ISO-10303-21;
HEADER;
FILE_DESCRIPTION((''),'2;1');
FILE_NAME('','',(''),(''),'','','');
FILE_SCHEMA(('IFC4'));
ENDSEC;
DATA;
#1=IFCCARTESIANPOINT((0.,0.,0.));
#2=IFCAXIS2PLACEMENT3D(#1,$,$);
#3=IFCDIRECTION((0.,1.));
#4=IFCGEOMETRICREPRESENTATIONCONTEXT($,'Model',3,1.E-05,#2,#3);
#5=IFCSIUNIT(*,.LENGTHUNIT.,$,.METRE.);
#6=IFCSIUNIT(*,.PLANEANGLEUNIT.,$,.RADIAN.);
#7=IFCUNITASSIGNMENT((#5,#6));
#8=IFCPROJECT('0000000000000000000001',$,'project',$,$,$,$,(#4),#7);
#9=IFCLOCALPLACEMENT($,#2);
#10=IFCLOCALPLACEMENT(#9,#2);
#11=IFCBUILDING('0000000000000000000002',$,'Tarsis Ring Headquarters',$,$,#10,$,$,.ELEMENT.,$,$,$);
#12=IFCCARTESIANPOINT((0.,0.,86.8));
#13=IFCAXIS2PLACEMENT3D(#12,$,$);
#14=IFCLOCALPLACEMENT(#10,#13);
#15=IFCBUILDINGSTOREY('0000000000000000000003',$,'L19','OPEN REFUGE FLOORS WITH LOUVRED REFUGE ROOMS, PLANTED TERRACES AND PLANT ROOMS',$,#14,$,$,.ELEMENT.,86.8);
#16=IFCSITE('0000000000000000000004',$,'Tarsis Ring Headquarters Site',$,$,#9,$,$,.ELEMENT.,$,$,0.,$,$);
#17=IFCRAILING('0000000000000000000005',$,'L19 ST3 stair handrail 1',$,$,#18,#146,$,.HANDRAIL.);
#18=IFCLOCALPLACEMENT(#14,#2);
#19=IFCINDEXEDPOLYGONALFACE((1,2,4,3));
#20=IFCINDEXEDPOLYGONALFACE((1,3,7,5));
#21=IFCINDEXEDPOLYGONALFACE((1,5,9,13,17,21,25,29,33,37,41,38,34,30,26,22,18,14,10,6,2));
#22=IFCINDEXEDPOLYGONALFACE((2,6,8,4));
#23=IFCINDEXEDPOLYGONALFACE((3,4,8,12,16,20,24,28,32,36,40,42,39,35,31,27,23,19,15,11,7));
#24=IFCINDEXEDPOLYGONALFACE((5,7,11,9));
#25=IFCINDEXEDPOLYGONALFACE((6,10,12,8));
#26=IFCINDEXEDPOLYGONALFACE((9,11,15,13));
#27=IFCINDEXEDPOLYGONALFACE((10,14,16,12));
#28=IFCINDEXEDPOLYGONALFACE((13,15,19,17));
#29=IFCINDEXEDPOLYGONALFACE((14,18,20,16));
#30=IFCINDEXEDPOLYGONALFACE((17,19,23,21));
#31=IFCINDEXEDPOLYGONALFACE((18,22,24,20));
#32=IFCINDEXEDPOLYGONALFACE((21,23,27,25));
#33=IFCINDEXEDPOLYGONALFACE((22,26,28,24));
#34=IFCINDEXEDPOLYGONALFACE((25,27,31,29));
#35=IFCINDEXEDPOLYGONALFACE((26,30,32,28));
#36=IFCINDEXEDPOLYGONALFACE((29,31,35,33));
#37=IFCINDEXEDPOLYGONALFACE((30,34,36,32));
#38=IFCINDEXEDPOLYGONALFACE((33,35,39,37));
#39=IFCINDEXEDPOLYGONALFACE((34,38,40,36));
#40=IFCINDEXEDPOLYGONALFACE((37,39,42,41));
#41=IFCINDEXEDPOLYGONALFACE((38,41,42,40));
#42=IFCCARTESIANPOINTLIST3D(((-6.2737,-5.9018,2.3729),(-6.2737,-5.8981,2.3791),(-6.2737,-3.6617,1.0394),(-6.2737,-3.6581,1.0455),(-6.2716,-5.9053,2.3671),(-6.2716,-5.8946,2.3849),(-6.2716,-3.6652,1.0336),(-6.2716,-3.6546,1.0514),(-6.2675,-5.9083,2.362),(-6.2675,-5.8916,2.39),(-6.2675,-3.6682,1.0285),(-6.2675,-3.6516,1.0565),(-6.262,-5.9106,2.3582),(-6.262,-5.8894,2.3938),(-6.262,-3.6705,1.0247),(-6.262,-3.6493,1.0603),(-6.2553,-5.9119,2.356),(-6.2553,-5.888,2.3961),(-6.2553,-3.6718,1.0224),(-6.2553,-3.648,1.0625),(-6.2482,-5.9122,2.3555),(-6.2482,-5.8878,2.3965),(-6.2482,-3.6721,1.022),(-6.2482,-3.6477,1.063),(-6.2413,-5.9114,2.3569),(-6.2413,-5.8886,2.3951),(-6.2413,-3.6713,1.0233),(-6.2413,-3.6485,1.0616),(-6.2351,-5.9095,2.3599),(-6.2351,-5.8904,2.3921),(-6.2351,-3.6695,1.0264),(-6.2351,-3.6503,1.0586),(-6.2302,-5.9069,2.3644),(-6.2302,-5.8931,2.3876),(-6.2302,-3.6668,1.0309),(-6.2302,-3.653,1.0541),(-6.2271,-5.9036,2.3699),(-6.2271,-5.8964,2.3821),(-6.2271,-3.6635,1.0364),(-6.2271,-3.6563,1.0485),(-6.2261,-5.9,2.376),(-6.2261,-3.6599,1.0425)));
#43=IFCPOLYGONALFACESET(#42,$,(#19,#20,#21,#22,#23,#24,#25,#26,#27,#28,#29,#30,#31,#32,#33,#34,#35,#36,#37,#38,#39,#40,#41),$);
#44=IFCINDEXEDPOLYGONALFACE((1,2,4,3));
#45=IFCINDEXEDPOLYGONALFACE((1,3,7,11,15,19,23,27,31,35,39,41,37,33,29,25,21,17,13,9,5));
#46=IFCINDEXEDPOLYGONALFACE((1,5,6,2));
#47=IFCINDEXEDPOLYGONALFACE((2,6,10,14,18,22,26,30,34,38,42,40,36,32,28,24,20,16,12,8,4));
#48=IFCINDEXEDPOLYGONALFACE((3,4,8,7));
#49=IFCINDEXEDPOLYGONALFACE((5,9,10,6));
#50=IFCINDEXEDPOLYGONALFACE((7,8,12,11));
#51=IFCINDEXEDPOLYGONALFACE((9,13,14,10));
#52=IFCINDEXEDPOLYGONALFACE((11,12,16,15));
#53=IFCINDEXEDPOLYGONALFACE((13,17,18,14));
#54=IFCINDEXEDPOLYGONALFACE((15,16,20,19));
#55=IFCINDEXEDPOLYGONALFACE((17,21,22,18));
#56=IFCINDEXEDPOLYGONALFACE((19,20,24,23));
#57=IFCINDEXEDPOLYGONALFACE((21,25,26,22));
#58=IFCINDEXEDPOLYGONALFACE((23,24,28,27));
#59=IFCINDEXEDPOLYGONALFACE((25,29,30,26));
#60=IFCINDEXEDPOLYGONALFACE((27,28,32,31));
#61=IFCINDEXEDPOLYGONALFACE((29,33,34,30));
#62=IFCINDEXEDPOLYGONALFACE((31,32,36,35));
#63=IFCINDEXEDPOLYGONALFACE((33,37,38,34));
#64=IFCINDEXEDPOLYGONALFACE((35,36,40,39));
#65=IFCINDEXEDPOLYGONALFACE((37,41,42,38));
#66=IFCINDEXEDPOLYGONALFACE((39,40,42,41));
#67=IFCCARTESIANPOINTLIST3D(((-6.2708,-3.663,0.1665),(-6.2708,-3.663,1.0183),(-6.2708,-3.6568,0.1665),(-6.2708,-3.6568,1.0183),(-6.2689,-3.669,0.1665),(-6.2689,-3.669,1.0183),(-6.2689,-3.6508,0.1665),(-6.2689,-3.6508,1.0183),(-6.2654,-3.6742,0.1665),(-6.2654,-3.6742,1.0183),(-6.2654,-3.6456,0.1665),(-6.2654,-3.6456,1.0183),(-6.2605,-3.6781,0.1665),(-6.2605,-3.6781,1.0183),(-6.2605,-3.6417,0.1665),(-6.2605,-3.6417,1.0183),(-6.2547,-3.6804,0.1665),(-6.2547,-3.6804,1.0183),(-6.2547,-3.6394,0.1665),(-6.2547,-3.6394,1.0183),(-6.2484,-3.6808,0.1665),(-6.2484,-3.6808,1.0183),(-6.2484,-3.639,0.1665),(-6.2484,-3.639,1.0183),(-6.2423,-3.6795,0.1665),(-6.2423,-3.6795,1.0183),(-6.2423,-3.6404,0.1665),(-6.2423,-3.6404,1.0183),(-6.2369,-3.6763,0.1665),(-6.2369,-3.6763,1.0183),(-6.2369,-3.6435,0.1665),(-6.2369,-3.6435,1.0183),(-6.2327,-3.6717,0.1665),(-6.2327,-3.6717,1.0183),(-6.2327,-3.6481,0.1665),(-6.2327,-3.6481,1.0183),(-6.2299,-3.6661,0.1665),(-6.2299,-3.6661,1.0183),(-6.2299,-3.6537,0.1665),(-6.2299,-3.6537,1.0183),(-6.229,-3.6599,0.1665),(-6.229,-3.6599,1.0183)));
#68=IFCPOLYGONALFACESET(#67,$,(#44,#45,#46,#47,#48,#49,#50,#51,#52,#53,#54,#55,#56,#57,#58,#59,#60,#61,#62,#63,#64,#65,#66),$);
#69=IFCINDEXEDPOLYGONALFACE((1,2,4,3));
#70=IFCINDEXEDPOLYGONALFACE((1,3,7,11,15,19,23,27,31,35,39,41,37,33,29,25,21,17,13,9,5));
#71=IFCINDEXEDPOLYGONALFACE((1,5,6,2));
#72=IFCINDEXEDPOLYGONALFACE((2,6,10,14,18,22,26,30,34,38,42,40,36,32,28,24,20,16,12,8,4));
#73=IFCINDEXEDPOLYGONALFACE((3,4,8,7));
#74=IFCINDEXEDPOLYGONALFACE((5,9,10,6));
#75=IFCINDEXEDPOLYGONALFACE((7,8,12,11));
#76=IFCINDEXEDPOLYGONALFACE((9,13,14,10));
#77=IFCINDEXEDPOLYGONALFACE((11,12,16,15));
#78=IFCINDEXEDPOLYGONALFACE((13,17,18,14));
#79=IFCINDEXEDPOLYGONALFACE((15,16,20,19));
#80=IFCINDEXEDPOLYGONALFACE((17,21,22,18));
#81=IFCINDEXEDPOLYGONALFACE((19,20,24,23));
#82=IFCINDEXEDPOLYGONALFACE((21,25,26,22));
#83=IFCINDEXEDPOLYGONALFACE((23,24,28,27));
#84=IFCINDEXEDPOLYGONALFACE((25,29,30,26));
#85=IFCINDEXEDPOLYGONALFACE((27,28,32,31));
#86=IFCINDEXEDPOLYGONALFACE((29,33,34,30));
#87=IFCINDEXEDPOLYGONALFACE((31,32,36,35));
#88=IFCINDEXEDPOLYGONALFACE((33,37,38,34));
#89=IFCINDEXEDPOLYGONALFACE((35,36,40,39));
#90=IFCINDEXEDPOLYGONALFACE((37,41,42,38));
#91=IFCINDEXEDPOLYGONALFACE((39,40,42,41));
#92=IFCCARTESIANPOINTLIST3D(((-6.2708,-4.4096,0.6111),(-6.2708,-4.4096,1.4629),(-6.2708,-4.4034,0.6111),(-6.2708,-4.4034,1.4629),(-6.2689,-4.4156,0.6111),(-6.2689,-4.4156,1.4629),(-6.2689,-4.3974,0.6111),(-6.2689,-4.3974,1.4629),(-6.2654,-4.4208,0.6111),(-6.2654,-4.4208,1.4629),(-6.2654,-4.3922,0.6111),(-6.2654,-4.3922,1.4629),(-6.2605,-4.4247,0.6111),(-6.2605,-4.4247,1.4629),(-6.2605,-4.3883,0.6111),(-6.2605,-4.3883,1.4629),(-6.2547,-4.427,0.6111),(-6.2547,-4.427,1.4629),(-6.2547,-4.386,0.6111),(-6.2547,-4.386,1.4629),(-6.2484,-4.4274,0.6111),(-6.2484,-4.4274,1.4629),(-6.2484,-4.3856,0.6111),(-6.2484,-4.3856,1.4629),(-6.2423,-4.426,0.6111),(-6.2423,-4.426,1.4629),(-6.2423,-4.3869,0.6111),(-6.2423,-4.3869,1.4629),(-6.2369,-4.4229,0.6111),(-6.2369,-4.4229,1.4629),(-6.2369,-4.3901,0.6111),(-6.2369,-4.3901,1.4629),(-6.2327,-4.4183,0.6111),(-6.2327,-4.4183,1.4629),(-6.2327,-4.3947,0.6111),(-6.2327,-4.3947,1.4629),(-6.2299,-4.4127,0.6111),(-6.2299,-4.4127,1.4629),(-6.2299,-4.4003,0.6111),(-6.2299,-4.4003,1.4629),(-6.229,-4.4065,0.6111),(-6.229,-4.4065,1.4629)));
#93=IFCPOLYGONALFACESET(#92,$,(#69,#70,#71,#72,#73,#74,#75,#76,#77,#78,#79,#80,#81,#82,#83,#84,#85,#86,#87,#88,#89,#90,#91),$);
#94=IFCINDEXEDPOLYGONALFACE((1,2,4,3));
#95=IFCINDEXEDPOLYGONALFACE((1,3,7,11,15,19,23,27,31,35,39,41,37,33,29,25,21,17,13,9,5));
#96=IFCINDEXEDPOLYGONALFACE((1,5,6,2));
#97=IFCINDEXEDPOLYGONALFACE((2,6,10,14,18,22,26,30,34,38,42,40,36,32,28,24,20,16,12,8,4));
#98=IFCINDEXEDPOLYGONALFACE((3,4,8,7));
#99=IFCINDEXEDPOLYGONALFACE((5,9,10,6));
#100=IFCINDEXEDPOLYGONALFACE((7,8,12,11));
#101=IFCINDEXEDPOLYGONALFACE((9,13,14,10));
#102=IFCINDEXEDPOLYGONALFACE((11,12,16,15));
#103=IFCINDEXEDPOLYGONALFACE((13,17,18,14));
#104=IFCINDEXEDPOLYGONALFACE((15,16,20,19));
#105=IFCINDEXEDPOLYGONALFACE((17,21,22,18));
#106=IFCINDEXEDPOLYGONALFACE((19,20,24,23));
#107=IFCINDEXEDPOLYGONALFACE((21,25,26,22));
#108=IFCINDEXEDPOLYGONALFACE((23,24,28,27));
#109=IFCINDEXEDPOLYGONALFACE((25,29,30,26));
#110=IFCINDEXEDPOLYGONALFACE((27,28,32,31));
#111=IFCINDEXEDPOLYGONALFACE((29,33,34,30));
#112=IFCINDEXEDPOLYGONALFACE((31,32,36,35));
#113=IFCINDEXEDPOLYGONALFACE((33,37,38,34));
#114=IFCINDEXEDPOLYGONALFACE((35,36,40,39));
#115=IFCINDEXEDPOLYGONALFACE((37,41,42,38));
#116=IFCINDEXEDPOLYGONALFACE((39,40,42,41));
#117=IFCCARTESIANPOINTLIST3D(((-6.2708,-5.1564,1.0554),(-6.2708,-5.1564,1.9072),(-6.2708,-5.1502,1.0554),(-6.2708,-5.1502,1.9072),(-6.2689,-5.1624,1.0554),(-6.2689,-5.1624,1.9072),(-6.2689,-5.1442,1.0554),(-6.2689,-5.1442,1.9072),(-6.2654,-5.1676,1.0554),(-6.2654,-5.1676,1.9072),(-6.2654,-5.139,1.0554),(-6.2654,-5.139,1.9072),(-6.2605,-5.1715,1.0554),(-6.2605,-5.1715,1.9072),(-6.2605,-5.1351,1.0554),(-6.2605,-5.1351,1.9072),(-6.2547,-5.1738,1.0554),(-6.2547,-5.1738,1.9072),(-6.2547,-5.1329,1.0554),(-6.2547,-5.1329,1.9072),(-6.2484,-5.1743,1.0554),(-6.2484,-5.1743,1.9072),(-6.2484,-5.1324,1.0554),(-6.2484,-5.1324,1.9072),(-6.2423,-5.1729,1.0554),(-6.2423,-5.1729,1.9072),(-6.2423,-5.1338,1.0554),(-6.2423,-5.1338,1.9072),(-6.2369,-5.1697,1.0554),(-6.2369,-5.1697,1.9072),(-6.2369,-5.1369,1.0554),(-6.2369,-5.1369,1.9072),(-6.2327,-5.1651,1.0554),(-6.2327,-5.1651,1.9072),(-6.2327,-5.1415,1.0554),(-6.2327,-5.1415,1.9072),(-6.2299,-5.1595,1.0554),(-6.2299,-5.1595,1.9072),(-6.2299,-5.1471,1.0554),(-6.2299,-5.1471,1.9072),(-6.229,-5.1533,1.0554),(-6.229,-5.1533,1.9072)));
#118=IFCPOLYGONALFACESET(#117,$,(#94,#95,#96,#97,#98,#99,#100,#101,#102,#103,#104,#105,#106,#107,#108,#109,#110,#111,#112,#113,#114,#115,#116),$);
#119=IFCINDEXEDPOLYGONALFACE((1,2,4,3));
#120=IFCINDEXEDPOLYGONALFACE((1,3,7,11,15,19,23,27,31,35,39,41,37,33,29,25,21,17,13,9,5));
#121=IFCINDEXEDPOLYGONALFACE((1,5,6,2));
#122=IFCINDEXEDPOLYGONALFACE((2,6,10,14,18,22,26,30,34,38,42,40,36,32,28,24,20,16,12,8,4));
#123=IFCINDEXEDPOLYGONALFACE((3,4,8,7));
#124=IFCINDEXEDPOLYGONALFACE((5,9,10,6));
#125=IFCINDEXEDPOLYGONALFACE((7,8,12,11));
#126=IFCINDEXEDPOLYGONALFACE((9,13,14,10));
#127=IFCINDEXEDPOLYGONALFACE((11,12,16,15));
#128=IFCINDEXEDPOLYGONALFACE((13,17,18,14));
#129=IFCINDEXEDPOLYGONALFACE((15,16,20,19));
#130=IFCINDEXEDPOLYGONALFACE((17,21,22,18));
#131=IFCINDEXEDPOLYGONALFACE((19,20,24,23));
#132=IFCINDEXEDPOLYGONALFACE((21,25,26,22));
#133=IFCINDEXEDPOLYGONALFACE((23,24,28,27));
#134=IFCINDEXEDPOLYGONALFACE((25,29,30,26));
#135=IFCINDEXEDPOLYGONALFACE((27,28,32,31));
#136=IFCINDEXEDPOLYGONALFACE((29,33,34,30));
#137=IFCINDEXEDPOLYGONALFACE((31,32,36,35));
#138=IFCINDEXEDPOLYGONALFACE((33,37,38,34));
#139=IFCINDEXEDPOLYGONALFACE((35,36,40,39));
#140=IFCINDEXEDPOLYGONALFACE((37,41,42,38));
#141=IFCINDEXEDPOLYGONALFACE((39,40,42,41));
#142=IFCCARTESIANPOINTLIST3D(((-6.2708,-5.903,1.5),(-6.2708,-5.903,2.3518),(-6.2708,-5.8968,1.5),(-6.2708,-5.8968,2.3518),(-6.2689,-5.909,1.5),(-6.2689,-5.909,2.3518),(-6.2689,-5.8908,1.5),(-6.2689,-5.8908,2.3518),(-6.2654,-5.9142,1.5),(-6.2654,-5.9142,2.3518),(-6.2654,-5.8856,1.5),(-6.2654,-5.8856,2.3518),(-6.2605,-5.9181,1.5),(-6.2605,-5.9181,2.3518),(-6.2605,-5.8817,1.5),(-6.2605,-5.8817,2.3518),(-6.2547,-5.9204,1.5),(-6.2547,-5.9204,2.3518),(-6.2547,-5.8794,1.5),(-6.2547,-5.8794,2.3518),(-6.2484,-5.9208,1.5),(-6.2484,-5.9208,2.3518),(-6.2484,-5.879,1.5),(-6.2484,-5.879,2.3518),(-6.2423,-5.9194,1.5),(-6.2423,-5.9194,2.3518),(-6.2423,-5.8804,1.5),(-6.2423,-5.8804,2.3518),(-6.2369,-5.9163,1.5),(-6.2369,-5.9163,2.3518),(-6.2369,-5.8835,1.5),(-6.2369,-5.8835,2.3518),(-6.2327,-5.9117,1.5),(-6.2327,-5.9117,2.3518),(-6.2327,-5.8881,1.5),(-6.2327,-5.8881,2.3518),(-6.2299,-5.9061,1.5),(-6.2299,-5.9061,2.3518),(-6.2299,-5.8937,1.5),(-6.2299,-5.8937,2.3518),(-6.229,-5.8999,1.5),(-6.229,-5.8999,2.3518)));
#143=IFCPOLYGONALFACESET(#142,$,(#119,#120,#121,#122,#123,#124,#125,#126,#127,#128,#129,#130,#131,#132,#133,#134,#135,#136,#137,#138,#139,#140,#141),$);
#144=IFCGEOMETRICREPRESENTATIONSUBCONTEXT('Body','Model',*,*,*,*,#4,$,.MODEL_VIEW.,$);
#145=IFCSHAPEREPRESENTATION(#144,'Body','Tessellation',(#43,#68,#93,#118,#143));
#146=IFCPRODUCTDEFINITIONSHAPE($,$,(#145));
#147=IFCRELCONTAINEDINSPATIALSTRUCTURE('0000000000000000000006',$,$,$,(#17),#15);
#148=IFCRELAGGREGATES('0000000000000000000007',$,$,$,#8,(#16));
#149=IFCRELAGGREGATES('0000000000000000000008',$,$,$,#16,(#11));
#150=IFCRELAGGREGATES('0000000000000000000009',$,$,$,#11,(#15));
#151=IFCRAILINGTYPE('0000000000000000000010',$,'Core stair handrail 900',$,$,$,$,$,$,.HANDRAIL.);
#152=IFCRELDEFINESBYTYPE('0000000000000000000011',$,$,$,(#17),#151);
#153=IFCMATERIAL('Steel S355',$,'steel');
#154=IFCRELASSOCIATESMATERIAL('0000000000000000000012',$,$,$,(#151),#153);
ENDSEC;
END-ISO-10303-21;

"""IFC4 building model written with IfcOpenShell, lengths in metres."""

from ifc_helpers import new_model, si_unit, direction, frame, origin, origin_2d, place, context, subcontext, project, spatial, circle, extrude, material, type_object, element, save


model = new_model("IFC4")

# Units and contexts
model_context = context("Model", 3, precision=1e-05, world=origin(), true_north=direction((0.0, 1.0)))
body_context = subcontext(model_context, "Body", "Model", "MODEL_VIEW")
ifc_project = project(units=[si_unit("LENGTHUNIT", "METRE"), si_unit("PLANEANGLEUNIT", "RADIAN")], contexts=[model_context])

# Site, building, storey
site_placement = place(None, origin())
site = spatial("IfcSite", under=ifc_project, at=site_placement, Name="Tarsis Ring Headquarters Site", CompositionType="ELEMENT", RefElevation=0.0)
building_placement = place(site_placement, origin())
building = spatial("IfcBuilding", under=site, at=building_placement, Name="Tarsis Ring Headquarters", CompositionType="ELEMENT")
storey_placement = place(building_placement, frame((0.0, 0.0, 86.8)))
storey = spatial("IfcBuildingStorey", under=building, at=storey_placement, Name="L19", Description="OPEN REFUGE FLOORS WITH LOUVRED REFUGE ROOMS, PLANTED TERRACES AND PLANT ROOMS", CompositionType="ELEMENT", Elevation=86.8)

# Railing
ifc_material_1 = material(Name="Steel S355", Category="steel")
railing_type_1 = type_object("IfcRailingType", Name="Core stair handrail 900", PredefinedType="HANDRAIL", material=ifc_material_1)
railing_1_placement = place(storey_placement, frame((-6.25, -3.6599, 0.1665)))
element("IfcRailing", 1, at=railing_1_placement, inside=storey, type_object=railing_type_1, Name="L19 ST3 stair handrail 1", PredefinedType="HANDRAIL", context=body_context, shape_type="SweptSolid", body=[
    extrude(circle(Radius=0.0239, at=origin_2d()), frame((0.0, 0.0, 0.876), z_axis=(0.0, -0.859264, 0.511532), x_axis=(1.0, 0.0, 0.0)), (0.0, 0.0, 1.0), 2.6069),
    extrude(circle(Radius=0.021, at=origin_2d()), origin(), (0.0, 0.0, 1.0), 0.8518),
    extrude(circle(Radius=0.021, at=origin_2d()), frame((0.0, -0.7466, 0.4446)), (0.0, 0.0, 1.0), 0.8518),
    extrude(circle(Radius=0.021, at=origin_2d()), frame((0.0, -1.4934, 0.8889)), (0.0, 0.0, 1.0), 0.8518),
    extrude(circle(Radius=0.021, at=origin_2d()), frame((0.0, -2.24, 1.3335)), (0.0, 0.0, 1.0), 0.8518),
])

save(model, "model.ifc")
